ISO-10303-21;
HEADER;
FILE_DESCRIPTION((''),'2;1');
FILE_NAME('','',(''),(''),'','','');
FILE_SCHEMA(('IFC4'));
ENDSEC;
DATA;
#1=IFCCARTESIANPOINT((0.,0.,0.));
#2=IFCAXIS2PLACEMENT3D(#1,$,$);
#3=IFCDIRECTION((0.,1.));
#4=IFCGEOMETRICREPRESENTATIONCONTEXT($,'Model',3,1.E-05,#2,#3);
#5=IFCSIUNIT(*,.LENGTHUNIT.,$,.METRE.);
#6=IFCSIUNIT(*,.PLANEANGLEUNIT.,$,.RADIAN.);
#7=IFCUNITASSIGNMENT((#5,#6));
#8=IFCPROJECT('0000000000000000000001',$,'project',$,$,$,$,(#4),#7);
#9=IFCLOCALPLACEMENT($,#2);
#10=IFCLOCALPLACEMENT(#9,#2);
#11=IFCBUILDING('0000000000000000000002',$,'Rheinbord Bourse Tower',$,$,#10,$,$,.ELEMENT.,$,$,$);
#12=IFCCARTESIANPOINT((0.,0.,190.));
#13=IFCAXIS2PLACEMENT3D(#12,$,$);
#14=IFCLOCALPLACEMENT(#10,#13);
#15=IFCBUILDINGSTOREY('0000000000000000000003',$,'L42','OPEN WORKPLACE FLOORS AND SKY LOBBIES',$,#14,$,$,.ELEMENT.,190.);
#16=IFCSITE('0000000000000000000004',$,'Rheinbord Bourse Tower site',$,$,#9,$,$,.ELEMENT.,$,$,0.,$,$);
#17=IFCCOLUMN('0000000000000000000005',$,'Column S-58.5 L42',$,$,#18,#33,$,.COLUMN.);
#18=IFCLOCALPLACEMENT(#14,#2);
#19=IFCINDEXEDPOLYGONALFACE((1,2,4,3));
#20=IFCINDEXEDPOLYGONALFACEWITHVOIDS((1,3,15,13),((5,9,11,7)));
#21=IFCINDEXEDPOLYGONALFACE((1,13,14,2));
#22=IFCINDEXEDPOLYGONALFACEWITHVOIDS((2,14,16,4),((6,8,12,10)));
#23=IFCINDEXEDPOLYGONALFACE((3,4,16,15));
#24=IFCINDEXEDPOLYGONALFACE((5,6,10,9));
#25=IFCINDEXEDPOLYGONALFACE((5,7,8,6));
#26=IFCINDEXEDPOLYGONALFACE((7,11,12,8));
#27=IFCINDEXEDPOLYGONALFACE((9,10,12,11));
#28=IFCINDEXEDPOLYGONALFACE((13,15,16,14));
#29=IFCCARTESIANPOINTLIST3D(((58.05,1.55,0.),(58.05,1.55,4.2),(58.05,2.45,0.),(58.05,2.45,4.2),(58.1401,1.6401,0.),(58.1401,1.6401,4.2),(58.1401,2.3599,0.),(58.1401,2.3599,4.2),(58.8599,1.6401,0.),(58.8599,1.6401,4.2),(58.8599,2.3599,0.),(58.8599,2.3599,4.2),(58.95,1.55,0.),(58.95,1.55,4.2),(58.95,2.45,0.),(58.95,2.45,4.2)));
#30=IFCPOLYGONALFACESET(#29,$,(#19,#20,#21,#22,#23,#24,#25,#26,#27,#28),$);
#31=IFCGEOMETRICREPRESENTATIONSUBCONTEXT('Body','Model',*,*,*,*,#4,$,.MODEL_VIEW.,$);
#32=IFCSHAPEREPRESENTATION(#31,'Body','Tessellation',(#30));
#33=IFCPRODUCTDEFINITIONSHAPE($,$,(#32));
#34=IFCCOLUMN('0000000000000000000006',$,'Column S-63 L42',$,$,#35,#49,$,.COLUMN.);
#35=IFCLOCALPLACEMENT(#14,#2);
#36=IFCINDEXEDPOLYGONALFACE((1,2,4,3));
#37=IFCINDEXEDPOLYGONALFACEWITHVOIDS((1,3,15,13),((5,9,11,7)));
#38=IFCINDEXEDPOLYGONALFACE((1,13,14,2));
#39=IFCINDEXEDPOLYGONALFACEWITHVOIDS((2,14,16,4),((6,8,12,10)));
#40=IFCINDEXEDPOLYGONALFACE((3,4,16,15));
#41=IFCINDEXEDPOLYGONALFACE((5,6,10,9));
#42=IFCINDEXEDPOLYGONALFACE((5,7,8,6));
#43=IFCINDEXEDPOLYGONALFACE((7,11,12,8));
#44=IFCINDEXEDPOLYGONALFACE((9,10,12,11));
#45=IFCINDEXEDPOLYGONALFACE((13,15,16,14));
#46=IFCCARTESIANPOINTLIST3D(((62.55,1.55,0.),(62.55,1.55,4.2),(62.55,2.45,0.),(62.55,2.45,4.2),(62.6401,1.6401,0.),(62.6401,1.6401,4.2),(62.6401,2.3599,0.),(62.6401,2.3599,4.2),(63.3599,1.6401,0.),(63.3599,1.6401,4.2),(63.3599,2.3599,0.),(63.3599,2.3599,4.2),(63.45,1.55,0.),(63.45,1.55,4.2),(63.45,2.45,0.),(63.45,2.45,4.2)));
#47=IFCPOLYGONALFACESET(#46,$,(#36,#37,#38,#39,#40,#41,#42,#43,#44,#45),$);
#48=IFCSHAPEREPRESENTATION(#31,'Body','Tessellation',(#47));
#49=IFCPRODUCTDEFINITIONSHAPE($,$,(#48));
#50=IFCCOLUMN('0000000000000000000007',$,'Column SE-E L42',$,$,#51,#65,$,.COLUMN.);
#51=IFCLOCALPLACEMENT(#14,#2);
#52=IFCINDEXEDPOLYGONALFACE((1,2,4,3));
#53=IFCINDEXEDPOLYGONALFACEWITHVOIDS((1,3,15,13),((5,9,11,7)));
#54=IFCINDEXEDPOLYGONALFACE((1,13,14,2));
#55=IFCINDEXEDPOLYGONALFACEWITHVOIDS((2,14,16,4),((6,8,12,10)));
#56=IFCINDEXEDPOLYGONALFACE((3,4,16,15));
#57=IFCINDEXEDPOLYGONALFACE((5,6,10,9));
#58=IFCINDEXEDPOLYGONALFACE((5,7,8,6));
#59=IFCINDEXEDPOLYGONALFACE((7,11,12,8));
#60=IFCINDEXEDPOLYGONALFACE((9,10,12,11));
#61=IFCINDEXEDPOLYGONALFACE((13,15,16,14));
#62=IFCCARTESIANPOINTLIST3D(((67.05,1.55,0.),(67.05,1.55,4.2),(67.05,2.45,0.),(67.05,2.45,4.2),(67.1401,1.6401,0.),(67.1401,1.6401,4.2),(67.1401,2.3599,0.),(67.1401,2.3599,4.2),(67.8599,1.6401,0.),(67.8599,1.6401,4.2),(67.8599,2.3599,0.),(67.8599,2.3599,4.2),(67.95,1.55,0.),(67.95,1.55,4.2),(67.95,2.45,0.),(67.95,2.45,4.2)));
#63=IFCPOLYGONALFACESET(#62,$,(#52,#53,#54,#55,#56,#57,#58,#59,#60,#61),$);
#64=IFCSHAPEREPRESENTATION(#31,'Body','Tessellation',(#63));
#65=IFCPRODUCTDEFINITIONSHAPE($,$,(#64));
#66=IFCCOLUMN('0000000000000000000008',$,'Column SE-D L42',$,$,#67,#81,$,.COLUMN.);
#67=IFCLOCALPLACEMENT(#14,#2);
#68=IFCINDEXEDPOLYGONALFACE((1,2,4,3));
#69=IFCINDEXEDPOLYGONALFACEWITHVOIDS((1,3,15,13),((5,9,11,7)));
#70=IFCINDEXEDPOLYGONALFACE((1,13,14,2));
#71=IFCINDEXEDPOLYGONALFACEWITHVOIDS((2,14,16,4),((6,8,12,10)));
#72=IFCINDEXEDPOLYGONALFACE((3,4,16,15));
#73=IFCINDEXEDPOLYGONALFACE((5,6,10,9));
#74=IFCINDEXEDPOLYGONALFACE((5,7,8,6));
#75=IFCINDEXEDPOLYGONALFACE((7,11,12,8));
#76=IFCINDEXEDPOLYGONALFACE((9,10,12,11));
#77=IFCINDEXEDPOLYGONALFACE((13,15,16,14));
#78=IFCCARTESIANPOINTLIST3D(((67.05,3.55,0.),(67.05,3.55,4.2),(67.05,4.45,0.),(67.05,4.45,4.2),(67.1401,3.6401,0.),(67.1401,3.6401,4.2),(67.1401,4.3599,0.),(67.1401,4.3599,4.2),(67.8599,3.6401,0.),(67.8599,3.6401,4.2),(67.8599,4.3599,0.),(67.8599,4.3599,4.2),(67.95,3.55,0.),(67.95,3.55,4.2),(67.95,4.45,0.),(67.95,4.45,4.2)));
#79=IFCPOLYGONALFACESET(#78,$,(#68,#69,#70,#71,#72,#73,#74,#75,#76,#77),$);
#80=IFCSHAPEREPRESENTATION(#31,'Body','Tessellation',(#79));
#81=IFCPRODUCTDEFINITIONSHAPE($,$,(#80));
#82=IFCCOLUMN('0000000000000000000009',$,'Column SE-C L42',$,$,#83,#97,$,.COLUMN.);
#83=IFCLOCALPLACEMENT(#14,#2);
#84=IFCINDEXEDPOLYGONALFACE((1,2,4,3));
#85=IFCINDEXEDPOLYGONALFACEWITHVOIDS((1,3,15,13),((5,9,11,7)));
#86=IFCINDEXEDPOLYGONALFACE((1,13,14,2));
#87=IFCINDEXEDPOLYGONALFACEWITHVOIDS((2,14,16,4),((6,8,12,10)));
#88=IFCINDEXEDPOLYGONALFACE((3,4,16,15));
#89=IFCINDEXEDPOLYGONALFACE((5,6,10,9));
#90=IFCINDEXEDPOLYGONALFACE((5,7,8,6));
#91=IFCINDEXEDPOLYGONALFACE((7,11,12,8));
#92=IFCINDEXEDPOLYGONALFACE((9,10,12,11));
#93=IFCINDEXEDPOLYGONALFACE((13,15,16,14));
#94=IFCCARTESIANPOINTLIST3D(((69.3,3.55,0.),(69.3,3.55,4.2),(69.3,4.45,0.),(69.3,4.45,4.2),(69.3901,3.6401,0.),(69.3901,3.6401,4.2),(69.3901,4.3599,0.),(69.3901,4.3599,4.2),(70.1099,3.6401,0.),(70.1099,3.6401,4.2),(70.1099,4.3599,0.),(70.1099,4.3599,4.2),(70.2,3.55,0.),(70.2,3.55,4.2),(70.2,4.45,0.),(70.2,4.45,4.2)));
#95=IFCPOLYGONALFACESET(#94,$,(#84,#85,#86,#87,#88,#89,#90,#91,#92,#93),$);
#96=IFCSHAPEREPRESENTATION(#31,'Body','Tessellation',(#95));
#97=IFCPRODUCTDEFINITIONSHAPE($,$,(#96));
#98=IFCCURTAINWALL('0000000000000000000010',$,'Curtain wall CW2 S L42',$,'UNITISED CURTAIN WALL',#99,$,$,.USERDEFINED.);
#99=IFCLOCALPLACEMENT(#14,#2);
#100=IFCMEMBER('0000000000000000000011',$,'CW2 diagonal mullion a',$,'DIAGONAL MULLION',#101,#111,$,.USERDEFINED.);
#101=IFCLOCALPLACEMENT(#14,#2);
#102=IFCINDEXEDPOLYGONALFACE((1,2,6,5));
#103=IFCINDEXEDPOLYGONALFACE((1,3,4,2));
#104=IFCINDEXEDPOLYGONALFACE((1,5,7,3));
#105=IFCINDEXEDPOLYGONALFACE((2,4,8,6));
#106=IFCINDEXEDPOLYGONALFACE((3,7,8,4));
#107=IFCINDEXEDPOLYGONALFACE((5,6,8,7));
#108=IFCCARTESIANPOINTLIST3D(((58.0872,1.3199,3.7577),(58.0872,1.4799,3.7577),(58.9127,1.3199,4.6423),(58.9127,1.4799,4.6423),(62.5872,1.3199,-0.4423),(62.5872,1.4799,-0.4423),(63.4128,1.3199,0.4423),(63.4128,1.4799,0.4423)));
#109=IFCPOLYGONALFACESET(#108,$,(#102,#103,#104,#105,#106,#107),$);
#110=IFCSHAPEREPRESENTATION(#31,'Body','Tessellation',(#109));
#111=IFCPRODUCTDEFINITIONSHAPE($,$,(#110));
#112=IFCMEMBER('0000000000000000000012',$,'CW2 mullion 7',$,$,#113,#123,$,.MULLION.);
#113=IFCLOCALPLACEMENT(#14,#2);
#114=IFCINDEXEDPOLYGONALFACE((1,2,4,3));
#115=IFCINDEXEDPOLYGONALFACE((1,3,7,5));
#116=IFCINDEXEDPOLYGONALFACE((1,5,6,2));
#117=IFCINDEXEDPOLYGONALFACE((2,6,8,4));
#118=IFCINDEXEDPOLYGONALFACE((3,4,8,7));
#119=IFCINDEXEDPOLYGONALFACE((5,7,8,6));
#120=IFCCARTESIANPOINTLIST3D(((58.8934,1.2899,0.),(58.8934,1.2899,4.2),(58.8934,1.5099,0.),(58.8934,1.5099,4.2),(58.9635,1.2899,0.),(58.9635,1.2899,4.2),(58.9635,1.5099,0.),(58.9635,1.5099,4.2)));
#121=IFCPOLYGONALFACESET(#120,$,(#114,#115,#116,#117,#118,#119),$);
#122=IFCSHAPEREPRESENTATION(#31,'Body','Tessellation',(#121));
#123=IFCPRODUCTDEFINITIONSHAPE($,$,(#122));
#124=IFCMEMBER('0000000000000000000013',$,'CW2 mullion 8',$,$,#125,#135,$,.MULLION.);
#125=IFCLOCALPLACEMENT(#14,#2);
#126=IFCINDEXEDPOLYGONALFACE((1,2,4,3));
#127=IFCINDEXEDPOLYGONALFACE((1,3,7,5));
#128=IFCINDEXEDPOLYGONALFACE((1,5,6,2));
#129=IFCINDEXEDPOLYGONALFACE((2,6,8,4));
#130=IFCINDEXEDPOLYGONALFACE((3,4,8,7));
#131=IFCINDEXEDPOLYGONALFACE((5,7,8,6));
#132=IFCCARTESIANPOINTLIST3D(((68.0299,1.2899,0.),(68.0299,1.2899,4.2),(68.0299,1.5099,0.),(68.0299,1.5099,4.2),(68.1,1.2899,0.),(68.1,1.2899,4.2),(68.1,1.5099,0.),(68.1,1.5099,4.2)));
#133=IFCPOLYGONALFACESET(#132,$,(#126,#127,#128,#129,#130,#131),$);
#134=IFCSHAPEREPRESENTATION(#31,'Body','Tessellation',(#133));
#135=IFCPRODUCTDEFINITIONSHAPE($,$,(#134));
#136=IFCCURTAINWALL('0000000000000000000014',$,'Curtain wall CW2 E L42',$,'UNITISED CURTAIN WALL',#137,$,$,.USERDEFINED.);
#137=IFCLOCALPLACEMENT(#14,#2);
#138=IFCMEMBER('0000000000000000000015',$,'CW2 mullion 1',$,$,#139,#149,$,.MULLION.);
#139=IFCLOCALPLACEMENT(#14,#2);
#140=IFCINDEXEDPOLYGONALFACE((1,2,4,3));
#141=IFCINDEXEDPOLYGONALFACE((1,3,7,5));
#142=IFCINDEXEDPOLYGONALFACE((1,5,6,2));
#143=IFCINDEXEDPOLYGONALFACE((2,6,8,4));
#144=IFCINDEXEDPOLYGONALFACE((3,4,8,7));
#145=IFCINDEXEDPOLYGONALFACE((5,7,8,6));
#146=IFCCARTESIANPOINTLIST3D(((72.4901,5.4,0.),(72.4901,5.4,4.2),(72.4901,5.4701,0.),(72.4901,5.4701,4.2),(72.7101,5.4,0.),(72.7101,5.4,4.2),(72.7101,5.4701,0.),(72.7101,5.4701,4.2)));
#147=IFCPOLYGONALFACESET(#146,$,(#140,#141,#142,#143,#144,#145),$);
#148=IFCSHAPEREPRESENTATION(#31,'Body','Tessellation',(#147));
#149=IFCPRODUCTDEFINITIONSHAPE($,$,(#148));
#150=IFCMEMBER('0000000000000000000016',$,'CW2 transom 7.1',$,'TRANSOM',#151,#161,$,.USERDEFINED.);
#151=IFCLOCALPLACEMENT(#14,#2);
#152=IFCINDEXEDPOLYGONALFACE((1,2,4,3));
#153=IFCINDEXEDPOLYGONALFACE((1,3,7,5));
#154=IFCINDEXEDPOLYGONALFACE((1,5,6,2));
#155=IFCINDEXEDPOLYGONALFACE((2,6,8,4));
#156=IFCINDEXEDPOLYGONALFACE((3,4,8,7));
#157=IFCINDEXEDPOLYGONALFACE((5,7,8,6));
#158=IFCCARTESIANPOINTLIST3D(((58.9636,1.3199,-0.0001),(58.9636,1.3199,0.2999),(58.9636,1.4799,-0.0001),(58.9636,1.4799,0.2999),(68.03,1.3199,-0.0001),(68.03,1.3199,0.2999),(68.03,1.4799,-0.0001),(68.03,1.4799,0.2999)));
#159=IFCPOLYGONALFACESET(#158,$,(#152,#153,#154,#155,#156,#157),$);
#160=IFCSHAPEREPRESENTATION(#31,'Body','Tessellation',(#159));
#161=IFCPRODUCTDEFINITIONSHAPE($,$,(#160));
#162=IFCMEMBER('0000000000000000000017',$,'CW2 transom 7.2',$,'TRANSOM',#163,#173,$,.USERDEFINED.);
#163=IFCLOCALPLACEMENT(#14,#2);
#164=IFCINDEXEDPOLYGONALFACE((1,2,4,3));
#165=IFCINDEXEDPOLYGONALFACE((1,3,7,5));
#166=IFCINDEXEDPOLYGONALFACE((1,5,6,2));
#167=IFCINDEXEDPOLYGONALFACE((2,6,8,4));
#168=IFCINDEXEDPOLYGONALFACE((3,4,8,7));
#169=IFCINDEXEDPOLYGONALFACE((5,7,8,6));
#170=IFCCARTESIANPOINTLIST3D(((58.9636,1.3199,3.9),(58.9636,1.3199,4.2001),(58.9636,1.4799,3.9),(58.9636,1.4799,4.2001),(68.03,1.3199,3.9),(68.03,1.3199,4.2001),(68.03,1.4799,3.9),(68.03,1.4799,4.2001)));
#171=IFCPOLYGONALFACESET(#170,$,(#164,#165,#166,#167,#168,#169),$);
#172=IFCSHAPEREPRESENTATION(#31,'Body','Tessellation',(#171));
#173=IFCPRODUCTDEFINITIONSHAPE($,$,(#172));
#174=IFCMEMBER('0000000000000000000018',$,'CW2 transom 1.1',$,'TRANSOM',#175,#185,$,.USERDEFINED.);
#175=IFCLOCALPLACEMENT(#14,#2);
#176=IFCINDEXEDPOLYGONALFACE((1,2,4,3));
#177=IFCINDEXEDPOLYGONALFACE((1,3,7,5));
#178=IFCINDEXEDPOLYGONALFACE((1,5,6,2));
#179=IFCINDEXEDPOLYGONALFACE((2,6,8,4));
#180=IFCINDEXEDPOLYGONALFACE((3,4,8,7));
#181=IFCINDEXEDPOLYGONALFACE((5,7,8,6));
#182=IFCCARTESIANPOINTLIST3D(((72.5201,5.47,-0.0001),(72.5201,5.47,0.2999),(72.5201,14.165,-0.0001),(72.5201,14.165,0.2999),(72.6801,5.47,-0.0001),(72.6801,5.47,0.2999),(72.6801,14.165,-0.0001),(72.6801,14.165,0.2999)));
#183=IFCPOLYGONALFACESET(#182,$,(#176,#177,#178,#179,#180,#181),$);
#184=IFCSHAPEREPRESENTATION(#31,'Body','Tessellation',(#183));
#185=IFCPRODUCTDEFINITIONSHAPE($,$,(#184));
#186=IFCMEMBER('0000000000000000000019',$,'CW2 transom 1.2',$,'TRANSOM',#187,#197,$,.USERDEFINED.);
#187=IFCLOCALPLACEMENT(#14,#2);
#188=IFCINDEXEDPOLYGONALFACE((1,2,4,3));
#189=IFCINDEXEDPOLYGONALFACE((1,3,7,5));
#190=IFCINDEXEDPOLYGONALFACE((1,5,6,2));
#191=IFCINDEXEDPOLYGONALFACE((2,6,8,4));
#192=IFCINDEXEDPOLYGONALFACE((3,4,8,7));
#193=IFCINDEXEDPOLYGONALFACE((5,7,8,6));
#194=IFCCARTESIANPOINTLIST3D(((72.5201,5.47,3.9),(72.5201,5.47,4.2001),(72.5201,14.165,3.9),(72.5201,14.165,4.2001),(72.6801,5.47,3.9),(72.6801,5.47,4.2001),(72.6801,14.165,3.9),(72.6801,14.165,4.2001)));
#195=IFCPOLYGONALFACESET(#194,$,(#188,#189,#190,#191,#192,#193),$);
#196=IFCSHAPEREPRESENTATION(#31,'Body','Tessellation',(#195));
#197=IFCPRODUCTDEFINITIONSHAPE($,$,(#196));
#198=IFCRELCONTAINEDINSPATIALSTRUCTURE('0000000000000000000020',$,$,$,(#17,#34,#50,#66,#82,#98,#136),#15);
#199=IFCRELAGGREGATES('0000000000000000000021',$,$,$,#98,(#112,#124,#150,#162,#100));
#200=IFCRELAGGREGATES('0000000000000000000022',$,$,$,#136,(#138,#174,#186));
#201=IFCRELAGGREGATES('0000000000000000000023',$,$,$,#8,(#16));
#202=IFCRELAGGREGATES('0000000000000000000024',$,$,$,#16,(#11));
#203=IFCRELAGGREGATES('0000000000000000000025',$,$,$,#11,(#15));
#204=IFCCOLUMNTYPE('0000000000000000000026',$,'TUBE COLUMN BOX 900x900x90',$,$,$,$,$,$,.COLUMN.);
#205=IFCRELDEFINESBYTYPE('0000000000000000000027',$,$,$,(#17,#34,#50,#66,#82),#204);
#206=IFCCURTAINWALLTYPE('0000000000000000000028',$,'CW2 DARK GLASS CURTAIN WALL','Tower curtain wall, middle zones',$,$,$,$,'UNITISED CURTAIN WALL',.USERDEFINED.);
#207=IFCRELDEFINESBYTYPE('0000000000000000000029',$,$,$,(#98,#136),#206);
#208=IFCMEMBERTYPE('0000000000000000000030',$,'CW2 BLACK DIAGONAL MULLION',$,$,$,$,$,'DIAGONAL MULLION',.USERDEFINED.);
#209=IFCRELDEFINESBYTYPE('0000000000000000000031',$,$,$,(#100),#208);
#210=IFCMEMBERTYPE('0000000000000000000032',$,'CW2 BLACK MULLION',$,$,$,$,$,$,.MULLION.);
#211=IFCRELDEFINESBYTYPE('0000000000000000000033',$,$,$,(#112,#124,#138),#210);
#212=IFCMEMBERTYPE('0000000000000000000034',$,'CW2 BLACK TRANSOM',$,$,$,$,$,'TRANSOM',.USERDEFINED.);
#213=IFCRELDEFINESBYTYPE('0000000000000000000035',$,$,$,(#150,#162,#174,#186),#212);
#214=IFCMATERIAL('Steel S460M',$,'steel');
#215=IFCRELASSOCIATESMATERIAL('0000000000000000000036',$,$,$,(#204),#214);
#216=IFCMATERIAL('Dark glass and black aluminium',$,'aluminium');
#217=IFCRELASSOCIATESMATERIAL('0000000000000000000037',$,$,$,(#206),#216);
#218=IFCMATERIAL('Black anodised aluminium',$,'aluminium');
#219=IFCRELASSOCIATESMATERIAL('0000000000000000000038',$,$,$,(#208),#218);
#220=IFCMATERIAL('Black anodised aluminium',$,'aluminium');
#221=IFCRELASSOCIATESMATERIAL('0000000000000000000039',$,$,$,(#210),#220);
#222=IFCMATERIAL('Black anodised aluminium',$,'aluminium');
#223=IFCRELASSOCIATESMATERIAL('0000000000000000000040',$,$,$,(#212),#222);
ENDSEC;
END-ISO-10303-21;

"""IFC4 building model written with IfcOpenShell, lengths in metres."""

from ifc_helpers import new_model, si_unit, direction, frame, origin, origin_2d, place, context, subcontext, project, spatial, rectangle, hollow_rectangle, extrude, material, material_profile, profile_set, type_object, element, aggregate, save


model = new_model("IFC4")

# Units and contexts
model_context = context("Model", 3, precision=1e-05, world=origin(), true_north=direction((0.0, 1.0)))
body_context = subcontext(model_context, "Body", "Model", "MODEL_VIEW")
ifc_project = project(units=[si_unit("LENGTHUNIT", "METRE"), si_unit("PLANEANGLEUNIT", "RADIAN")], contexts=[model_context])

# Site, building, storey
site_placement = place(None, origin())
site = spatial("IfcSite", under=ifc_project, at=site_placement, Name="Rheinbord Bourse Tower site", CompositionType="ELEMENT", RefElevation=0.0)
building_placement = place(site_placement, origin())
building = spatial("IfcBuilding", under=site, at=building_placement, Name="Rheinbord Bourse Tower", CompositionType="ELEMENT")
storey_placement = place(building_placement, frame((0.0, 0.0, 190.0)))
storey = spatial("IfcBuildingStorey", under=building, at=storey_placement, Name="L42", Description="OPEN WORKPLACE FLOORS AND SKY LOBBIES", CompositionType="ELEMENT", Elevation=190.0)

# Columns
ifc_material_1 = material(Name="Steel S460M", Category="steel")
ifc_material_profile_1 = material_profile(ifc_material_1, hollow_rectangle(XDim=0.8999, YDim=0.8999, WallThickness=0.0901, at=origin_2d()), Name="BOX 900x900x90")
ifc_profile_set_1 = profile_set([ifc_material_profile_1], Name="Steel S460M")
column_type = type_object("IfcColumnType", Name="TUBE COLUMN BOX 900x900x90", PredefinedType="COLUMN", material=ifc_profile_set_1)
for number, where, z_axis, x_axis, name in (
    (1, (58.5, 2.0, 0.0), (0.0, 0.0, 1.0), (0.0, 1.0, 0.0), "Column S-58.5 L42"),
    (2, (63.0, 2.0, 0.0), (0.0, 0.0, 1.0), (0.0, 1.0, 0.0), "Column S-63 L42"),
    (3, (67.5, 2.0, 0.0), (0.0, 0.0, 1.0), (0.0, 1.0, 0.0), "Column SE-E L42"),
    (4, (67.5, 4.0, 0.0), (0.0, 0.0, 1.0), (0.0, 1.0, 0.0), "Column SE-D L42"),
    (5, (69.75, 4.0, 0.0), (0.0, 0.0, 1.0), (1.0, 0.0, 0.0), "Column SE-C L42"),
):
    element("IfcColumn", number, at=place(storey_placement, frame(where, z_axis=z_axis, x_axis=x_axis)), inside=storey, type_object=column_type, Name=name, PredefinedType="COLUMN", context=body_context, shape_type="SweptSolid", body=[
        extrude(hollow_rectangle(XDim=0.8999, YDim=0.8999, WallThickness=0.0901, at=origin_2d()), origin(), (0.0, 0.0, 1.0), 4.2),
    ])

# Curtain wall, members
ifc_material_2 = material(Name="Dark glass and black aluminium", Category="aluminium")
curtain_wall_type = type_object("IfcCurtainWallType", Name="CW2 DARK GLASS CURTAIN WALL", Description="Tower curtain wall, middle zones", ElementType="UNITISED CURTAIN WALL", PredefinedType="USERDEFINED", material=ifc_material_2)
curtain_wall_1_placement = place(storey_placement, origin())
curtain_wall_1 = element("IfcCurtainWall", 6, at=curtain_wall_1_placement, inside=storey, type_object=curtain_wall_type, Name="Curtain wall CW2 S L42", ObjectType="UNITISED CURTAIN WALL", PredefinedType="USERDEFINED")
ifc_material_3 = material(Name="Black anodised aluminium", Category="aluminium")
ifc_material_profile_2 = material_profile(ifc_material_3, rectangle(XDim=0.1599, YDim=1.21, at=origin_2d()), Name="CW2 DIAGONAL MULLION 1210x160")
ifc_profile_set_2 = profile_set([ifc_material_profile_2], Name="Black anodised aluminium")
member_type_1 = type_object("IfcMemberType", Name="CW2 BLACK DIAGONAL MULLION", ElementType="DIAGONAL MULLION", PredefinedType="USERDEFINED", material=ifc_profile_set_2)
member_1_placement = place(storey_placement, frame((63.0, 1.3999, 0.0), z_axis=(-0.731059, 0.0, 0.682314), x_axis=(0.0, -1.0, 0.0)))
member_1 = element("IfcMember", 7, at=member_1_placement, type_object=member_type_1, Name="CW2 diagonal mullion a", ObjectType="DIAGONAL MULLION", PredefinedType="USERDEFINED", context=body_context, shape_type="SweptSolid", body=[
    extrude(rectangle(XDim=0.1599, YDim=1.21, at=origin_2d()), origin(), (0.0, 0.0, 1.0), 6.1555),
])
ifc_material_4 = material(Name="Black anodised aluminium", Category="aluminium")
ifc_material_profile_3 = material_profile(ifc_material_4, rectangle(XDim=0.22, YDim=0.0701, at=origin_2d()), Name="CW2 MULLION 70x220")
ifc_profile_set_3 = profile_set([ifc_material_profile_3], Name="Black anodised aluminium")
member_type_2 = type_object("IfcMemberType", Name="CW2 BLACK MULLION", PredefinedType="MULLION", material=ifc_profile_set_3)
member_2_placement = place(storey_placement, frame((58.9285, 1.3999, 0.0), z_axis=(0.0, 0.0, 1.0), x_axis=(0.0, 1.0, 0.0)))
member_2 = element("IfcMember", 8, at=member_2_placement, type_object=member_type_2, Name="CW2 mullion 7", PredefinedType="MULLION", context=body_context, shape_type="SweptSolid", body=[
    extrude(rectangle(XDim=0.22, YDim=0.0701, at=origin_2d()), origin(), (0.0, 0.0, 1.0), 4.2),
])
member_3_placement = place(storey_placement, frame((68.0649, 1.3999, 0.0), z_axis=(0.0, 0.0, 1.0), x_axis=(0.0, 1.0, 0.0)))
member_3 = element("IfcMember", 9, at=member_3_placement, type_object=member_type_2, Name="CW2 mullion 8", PredefinedType="MULLION", context=body_context, shape_type="SweptSolid", body=[
    extrude(rectangle(XDim=0.22, YDim=0.0701, at=origin_2d()), origin(), (0.0, 0.0, 1.0), 4.2),
])

# Curtain wall, member
curtain_wall_2_placement = place(storey_placement, origin())
curtain_wall_2 = element("IfcCurtainWall", 10, at=curtain_wall_2_placement, inside=storey, type_object=curtain_wall_type, Name="Curtain wall CW2 E L42", ObjectType="UNITISED CURTAIN WALL", PredefinedType="USERDEFINED")
member_4_placement = place(storey_placement, frame((72.6001, 5.4351, 0.0), z_axis=(0.0, 0.0, 1.0), x_axis=(-1.0, 0.0, 0.0)))
member_4 = element("IfcMember", 11, at=member_4_placement, type_object=member_type_2, Name="CW2 mullion 1", PredefinedType="MULLION", context=body_context, shape_type="SweptSolid", body=[
    extrude(rectangle(XDim=0.22, YDim=0.0701, at=origin_2d()), origin(), (0.0, 0.0, 1.0), 4.2),
])

# Members
ifc_material_5 = material(Name="Black anodised aluminium", Category="aluminium")
ifc_material_profile_4 = material_profile(ifc_material_5, rectangle(XDim=0.1599, YDim=0.3, at=origin_2d()), Name="CW2 TRANSOM 300x160")
ifc_profile_set_4 = profile_set([ifc_material_profile_4], Name="Black anodised aluminium")
member_type_3 = type_object("IfcMemberType", Name="CW2 BLACK TRANSOM", ElementType="TRANSOM", PredefinedType="USERDEFINED", material=ifc_profile_set_4)
member_5_placement = place(storey_placement, frame((58.9636, 1.3999, 0.1499), z_axis=(1.0, 0.0, 0.0), x_axis=(0.0, 1.0, 0.0)))
member_5 = element("IfcMember", 12, at=member_5_placement, type_object=member_type_3, Name="CW2 transom 7.1", ObjectType="TRANSOM", PredefinedType="USERDEFINED", context=body_context, shape_type="SweptSolid", body=[
    extrude(rectangle(XDim=0.1599, YDim=0.3, at=origin_2d()), origin(), (0.0, 0.0, 1.0), 9.0664),
])
member_6_placement = place(storey_placement, frame((58.9636, 1.3999, 4.05), z_axis=(1.0, 0.0, 0.0), x_axis=(0.0, 1.0, 0.0)))
member_6 = element("IfcMember", 13, at=member_6_placement, type_object=member_type_3, Name="CW2 transom 7.2", ObjectType="TRANSOM", PredefinedType="USERDEFINED", context=body_context, shape_type="SweptSolid", body=[
    extrude(rectangle(XDim=0.1599, YDim=0.3, at=origin_2d()), origin(), (0.0, 0.0, 1.0), 9.0664),
])
member_7_placement = place(storey_placement, frame((72.6001, 5.47, 0.1499), z_axis=(0.0, 1.0, 0.0), x_axis=(-1.0, 0.0, 0.0)))
member_7 = element("IfcMember", 14, at=member_7_placement, type_object=member_type_3, Name="CW2 transom 1.1", ObjectType="TRANSOM", PredefinedType="USERDEFINED", context=body_context, shape_type="SweptSolid", body=[
    extrude(rectangle(XDim=0.1599, YDim=0.3, at=origin_2d()), origin(), (0.0, 0.0, 1.0), 8.6951),
])
member_8_placement = place(storey_placement, frame((72.6001, 5.47, 4.05), z_axis=(0.0, 1.0, 0.0), x_axis=(-1.0, 0.0, 0.0)))
member_8 = element("IfcMember", 15, at=member_8_placement, type_object=member_type_3, Name="CW2 transom 1.2", ObjectType="TRANSOM", PredefinedType="USERDEFINED", context=body_context, shape_type="SweptSolid", body=[
    extrude(rectangle(XDim=0.1599, YDim=0.3, at=origin_2d()), origin(), (0.0, 0.0, 1.0), 8.6951),
])

aggregate(curtain_wall_1, [member_2, member_3, member_5, member_6, member_1])
aggregate(curtain_wall_2, [member_4, member_7, member_8])

save(model, "model.ifc")
